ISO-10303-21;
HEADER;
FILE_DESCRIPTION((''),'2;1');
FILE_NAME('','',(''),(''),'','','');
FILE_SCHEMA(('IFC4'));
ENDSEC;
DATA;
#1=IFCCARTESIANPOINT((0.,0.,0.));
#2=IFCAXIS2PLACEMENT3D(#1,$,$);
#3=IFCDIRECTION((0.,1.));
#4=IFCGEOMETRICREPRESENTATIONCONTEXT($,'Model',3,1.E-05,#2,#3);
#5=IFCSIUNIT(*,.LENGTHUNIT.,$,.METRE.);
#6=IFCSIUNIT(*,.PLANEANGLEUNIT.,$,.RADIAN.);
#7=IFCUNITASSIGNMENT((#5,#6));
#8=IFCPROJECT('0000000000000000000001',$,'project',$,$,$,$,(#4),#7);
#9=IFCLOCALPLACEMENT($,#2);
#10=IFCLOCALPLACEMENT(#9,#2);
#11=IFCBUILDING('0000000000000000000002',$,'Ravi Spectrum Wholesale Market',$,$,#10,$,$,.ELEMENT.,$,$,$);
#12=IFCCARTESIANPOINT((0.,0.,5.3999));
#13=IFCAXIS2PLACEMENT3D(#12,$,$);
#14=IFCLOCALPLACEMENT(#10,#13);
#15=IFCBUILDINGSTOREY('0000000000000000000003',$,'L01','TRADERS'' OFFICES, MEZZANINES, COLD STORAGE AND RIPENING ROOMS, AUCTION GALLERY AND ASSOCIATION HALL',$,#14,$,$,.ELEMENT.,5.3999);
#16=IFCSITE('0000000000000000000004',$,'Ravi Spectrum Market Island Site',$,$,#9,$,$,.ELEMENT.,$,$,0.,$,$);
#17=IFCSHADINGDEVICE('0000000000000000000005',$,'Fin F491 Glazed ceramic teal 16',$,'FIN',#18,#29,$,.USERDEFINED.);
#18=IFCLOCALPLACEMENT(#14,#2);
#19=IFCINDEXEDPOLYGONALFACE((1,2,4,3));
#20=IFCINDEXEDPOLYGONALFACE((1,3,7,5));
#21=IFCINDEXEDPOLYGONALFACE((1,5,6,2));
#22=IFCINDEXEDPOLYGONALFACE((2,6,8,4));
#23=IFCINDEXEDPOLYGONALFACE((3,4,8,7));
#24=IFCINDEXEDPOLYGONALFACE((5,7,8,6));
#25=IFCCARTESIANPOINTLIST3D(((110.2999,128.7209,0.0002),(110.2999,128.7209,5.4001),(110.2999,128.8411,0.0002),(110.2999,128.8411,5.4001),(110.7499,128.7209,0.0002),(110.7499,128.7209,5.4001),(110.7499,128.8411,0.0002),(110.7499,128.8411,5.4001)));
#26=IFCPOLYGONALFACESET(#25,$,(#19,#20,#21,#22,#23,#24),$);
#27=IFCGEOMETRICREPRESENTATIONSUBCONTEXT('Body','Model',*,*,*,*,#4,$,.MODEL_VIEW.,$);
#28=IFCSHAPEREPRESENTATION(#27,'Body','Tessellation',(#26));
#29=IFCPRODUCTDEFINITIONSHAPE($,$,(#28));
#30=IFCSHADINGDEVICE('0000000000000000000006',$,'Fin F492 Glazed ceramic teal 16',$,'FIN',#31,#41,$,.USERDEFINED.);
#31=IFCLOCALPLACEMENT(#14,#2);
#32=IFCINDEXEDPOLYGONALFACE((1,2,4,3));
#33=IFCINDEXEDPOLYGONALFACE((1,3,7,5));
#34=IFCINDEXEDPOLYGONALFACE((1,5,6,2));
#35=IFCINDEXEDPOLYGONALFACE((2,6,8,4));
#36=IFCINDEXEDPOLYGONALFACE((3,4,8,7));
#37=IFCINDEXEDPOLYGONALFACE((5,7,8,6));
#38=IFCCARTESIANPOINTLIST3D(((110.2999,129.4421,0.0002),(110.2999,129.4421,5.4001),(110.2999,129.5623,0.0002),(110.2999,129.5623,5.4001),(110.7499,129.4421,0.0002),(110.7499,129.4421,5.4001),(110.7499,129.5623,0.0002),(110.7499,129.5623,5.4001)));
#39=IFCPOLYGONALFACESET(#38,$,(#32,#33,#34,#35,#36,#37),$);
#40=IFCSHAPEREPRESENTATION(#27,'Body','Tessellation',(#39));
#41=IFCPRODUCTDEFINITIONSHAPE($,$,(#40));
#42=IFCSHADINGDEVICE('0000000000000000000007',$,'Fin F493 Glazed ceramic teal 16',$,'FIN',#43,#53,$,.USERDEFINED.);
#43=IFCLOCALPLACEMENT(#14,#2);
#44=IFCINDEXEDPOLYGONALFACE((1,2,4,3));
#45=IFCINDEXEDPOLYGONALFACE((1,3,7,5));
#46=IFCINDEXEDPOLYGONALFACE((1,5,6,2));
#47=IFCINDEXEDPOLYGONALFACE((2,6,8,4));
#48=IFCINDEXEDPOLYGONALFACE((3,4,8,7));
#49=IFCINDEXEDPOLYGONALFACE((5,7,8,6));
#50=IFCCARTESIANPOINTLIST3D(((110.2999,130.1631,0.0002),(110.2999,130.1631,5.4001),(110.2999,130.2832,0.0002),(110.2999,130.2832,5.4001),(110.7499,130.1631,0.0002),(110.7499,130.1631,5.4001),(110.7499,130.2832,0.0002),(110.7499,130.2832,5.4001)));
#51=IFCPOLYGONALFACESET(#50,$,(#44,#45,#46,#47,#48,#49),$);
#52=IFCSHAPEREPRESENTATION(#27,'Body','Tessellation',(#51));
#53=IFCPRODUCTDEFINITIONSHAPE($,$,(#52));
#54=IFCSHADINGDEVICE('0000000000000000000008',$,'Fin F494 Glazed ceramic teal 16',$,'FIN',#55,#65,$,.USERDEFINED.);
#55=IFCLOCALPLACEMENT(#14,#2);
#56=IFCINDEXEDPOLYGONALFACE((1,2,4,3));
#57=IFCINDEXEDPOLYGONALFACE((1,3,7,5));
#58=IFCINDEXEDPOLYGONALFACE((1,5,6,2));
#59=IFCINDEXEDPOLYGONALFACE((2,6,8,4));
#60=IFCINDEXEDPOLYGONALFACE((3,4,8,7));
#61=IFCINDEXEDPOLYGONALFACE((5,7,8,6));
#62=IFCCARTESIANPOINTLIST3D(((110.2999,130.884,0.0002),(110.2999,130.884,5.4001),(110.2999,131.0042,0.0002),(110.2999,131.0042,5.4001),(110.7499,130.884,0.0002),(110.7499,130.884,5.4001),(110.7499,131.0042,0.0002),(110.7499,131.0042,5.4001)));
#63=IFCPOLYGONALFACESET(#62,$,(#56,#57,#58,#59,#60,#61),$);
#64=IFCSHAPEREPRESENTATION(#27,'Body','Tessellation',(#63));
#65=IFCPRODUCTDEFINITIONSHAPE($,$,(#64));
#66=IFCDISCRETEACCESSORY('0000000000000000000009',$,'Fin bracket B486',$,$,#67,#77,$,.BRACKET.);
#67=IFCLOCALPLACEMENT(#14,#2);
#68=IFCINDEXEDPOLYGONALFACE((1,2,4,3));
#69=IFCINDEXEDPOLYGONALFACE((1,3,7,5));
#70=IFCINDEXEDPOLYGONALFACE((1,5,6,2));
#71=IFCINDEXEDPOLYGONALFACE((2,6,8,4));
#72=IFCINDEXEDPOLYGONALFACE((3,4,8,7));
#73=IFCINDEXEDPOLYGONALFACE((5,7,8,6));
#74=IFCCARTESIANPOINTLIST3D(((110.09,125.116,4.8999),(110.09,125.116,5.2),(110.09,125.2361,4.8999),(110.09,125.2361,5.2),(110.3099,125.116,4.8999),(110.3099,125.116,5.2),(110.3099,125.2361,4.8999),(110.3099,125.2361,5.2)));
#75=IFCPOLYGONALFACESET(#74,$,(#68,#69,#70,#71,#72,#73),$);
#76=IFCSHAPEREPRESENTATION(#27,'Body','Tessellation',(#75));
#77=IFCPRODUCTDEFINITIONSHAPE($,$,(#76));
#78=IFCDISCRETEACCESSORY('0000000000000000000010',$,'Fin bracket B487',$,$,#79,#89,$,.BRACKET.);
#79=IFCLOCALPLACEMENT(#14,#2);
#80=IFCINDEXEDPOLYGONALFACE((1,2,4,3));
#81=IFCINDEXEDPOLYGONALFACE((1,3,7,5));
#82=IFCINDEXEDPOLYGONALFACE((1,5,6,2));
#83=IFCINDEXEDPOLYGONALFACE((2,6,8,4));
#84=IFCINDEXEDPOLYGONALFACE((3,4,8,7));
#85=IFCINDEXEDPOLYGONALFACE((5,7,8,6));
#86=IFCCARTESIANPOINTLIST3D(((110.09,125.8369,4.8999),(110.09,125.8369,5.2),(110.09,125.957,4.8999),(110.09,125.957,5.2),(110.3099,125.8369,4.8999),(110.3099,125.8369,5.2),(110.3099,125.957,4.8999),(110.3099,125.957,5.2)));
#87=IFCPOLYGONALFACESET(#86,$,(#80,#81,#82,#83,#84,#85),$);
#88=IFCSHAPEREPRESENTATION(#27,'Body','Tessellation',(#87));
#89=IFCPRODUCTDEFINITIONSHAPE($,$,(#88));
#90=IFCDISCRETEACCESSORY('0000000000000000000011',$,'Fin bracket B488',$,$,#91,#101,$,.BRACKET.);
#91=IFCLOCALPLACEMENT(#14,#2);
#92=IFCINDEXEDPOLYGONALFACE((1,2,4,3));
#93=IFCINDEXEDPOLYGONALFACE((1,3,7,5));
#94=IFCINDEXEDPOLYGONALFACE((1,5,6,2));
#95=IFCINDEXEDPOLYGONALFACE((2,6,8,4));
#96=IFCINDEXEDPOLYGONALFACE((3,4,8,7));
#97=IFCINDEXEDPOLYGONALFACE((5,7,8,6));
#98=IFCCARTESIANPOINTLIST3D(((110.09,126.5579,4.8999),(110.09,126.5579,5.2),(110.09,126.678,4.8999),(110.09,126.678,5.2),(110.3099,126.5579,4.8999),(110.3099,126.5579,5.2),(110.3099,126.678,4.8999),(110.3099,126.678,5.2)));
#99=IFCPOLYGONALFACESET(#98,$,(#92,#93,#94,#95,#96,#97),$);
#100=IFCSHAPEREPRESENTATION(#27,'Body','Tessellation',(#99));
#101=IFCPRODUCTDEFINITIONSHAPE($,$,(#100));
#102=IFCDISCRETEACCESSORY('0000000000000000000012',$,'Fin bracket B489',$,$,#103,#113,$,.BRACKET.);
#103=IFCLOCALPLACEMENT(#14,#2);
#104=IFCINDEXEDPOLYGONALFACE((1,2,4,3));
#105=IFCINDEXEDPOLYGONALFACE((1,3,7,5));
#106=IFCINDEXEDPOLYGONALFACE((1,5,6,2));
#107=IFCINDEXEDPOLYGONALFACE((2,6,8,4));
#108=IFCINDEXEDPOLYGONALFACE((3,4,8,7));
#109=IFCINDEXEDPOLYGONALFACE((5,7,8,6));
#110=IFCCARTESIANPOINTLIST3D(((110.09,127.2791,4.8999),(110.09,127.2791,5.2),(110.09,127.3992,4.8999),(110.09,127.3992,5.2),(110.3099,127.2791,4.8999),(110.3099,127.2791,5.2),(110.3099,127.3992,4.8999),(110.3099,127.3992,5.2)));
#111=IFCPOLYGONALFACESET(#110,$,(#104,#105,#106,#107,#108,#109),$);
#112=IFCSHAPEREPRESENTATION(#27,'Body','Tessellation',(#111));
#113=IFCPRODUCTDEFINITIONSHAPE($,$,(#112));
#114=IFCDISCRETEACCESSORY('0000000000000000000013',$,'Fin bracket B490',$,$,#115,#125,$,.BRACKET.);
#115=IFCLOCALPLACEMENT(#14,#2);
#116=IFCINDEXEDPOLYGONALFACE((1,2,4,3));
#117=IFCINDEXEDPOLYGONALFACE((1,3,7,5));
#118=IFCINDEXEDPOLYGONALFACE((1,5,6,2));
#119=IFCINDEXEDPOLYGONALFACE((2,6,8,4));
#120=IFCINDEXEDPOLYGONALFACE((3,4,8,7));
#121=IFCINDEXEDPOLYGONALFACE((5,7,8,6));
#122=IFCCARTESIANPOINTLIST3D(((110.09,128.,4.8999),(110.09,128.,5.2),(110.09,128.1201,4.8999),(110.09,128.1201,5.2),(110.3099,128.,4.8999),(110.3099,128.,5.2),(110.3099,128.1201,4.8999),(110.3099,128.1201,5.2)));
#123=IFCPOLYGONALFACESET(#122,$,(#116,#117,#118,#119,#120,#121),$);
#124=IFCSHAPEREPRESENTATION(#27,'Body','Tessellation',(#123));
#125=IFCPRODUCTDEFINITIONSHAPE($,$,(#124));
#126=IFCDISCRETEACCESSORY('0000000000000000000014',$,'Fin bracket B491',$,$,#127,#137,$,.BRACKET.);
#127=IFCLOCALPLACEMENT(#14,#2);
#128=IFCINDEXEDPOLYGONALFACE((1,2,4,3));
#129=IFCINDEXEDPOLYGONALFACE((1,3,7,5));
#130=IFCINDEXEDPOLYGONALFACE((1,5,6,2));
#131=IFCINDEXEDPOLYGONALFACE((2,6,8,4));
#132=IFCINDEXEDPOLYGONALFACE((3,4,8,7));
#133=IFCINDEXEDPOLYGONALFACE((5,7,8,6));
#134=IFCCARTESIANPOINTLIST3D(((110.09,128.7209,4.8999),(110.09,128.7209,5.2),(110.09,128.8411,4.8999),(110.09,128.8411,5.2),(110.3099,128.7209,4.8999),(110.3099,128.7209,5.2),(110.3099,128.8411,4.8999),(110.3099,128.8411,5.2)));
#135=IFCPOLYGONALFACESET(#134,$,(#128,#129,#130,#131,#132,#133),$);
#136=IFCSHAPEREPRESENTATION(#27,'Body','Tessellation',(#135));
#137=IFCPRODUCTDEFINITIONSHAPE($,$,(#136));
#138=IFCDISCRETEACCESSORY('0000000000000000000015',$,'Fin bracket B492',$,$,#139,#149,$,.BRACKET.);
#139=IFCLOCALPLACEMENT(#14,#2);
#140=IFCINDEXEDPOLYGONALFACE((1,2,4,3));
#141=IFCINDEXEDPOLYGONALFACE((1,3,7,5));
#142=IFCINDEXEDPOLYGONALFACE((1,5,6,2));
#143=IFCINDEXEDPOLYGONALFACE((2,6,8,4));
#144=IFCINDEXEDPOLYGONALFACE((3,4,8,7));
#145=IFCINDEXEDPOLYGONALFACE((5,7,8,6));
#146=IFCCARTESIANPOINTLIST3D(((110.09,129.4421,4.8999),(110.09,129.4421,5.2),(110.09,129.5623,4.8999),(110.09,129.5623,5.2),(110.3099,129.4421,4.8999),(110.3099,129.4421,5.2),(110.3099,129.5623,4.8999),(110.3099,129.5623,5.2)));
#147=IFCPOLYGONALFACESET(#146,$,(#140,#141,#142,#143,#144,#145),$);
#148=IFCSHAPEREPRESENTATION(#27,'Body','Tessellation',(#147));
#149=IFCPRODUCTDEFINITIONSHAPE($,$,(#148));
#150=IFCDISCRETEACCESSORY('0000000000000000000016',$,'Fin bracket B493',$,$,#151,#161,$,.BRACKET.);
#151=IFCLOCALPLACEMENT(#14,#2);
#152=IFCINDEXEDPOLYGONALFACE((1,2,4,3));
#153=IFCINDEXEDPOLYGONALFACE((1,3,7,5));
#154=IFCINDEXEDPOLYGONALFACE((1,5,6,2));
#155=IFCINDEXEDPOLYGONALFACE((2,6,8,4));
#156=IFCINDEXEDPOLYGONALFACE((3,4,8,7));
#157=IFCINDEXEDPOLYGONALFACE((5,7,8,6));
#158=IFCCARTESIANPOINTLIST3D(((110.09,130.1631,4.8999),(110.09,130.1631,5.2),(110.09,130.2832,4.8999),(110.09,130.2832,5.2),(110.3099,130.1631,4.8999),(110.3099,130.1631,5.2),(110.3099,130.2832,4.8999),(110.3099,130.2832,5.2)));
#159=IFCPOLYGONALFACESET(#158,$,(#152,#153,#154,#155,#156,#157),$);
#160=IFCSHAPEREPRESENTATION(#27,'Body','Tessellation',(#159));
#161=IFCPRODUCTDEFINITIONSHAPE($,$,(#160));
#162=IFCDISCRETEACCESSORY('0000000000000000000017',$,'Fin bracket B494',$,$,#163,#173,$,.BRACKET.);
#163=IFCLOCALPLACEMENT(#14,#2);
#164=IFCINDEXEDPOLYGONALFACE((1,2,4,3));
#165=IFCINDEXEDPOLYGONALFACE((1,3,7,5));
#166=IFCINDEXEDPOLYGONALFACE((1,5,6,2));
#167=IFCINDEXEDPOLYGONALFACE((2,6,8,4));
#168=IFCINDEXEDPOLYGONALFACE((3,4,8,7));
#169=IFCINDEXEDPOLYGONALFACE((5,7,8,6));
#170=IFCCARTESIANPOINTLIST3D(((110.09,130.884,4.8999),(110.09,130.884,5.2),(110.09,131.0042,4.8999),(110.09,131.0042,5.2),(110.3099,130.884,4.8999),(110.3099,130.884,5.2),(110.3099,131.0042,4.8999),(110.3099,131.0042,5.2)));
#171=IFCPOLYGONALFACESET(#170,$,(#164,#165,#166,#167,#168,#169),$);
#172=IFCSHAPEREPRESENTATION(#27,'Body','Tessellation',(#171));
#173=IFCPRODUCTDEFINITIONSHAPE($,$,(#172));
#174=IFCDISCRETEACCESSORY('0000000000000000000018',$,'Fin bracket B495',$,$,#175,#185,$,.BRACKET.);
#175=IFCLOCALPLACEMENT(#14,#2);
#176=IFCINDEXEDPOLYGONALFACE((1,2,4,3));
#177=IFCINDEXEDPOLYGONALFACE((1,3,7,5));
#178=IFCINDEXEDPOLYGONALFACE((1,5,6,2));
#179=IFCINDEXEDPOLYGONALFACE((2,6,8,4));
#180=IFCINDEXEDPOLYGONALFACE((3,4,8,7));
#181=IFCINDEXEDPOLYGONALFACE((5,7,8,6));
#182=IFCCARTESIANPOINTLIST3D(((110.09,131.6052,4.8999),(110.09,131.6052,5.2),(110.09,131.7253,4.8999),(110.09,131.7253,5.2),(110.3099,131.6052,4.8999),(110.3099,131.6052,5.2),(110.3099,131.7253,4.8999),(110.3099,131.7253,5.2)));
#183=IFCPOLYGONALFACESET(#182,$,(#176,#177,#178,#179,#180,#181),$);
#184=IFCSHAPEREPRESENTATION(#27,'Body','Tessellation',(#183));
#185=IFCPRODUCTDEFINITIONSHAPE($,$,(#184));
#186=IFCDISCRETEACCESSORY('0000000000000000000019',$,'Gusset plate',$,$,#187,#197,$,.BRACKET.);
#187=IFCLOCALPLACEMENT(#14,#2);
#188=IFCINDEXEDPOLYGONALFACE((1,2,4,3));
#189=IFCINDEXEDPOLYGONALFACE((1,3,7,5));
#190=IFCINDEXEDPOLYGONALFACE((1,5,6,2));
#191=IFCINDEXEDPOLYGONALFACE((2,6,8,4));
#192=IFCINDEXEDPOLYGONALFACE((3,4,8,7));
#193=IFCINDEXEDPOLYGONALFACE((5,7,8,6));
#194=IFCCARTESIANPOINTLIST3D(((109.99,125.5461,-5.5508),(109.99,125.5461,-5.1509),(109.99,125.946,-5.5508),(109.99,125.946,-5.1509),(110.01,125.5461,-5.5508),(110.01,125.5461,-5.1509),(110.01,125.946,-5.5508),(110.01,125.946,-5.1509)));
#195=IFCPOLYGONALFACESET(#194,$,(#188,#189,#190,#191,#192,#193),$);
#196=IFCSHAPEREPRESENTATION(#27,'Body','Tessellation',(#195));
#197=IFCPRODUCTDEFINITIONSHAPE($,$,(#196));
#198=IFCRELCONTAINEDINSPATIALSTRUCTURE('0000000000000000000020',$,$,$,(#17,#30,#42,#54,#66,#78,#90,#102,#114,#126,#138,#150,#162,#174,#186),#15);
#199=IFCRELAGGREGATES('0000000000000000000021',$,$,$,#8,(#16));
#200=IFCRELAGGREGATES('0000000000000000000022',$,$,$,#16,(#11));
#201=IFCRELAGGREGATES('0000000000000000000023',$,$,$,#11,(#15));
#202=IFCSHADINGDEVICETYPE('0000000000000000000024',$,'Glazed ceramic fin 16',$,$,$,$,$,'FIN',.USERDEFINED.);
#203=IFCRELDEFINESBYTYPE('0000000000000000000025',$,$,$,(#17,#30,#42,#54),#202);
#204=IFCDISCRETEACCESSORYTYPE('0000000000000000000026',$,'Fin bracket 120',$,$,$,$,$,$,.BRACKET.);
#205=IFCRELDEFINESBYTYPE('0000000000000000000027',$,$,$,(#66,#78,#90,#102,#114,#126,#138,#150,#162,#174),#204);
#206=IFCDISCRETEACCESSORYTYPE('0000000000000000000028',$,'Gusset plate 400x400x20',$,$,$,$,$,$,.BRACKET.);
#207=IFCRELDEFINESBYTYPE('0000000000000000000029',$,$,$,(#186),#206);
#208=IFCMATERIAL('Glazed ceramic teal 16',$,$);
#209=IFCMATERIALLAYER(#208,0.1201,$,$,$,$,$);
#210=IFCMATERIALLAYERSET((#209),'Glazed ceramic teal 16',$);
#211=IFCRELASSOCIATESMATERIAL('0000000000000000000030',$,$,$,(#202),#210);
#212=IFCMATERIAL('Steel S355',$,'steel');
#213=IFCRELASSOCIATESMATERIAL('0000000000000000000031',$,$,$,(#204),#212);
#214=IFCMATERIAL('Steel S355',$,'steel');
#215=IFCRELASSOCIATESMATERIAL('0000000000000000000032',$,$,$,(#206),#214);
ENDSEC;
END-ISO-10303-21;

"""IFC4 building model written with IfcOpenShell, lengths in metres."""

from ifc_helpers import new_model, si_unit, direction, frame, origin, origin_2d, place, context, subcontext, project, spatial, rectangle, extrude, material, layer, layer_set, material_profile, profile_set, type_object, element, save


model = new_model("IFC4")

# Units and contexts
model_context = context("Model", 3, precision=1e-05, world=origin(), true_north=direction((0.0, 1.0)))
body_context = subcontext(model_context, "Body", "Model", "MODEL_VIEW")
ifc_project = project(units=[si_unit("LENGTHUNIT", "METRE"), si_unit("PLANEANGLEUNIT", "RADIAN")], contexts=[model_context])

# Site, building, storey
site_placement = place(None, origin())
site = spatial("IfcSite", under=ifc_project, at=site_placement, Name="Ravi Spectrum Market Island Site", CompositionType="ELEMENT", RefElevation=0.0)
building_placement = place(site_placement, origin())
building = spatial("IfcBuilding", under=site, at=building_placement, Name="Ravi Spectrum Wholesale Market", CompositionType="ELEMENT")
storey_placement = place(building_placement, frame((0.0, 0.0, 5.3999)))
storey = spatial("IfcBuildingStorey", under=building, at=storey_placement, Name="L01", Description="TRADERS' OFFICES, MEZZANINES, COLD STORAGE AND RIPENING ROOMS, AUCTION GALLERY AND ASSOCIATION HALL", CompositionType="ELEMENT", Elevation=5.3999)

# Shading devices
ifc_material_1 = material(Name="Glazed ceramic teal 16")
ifc_layer_1 = layer(ifc_material_1, 0.1201)
ifc_layer_set_1 = layer_set([ifc_layer_1], Name="Glazed ceramic teal 16")
shading_device_type_1 = type_object("IfcShadingDeviceType", Name="Glazed ceramic fin 16", ElementType="FIN", PredefinedType="USERDEFINED", material=ifc_layer_set_1)
for number, where, z_axis, x_axis, name in (
    (1, (110.5249, 128.781, 0.0002), (0.0, 0.0, 1.0), (0.0, 1.0, 0.0), "Fin F491 Glazed ceramic teal 16"),
    (2, (110.5249, 129.5022, 0.0002), (0.0, 0.0, 1.0), (0.0, 1.0, 0.0), "Fin F492 Glazed ceramic teal 16"),
    (3, (110.5249, 130.2231, 0.0002), (0.0, 0.0, 1.0), (0.0, 1.0, 0.0), "Fin F493 Glazed ceramic teal 16"),
    (4, (110.5249, 130.9441, 0.0002), (0.0, 0.0, 1.0), (0.0, 1.0, 0.0), "Fin F494 Glazed ceramic teal 16"),
):
    element("IfcShadingDevice", number, at=place(storey_placement, frame(where, z_axis=z_axis, x_axis=x_axis)), inside=storey, type_object=shading_device_type_1, Name=name, ObjectType="FIN", PredefinedType="USERDEFINED", context=body_context, shape_type="SweptSolid", body=[
        extrude(rectangle(XDim=0.1201, YDim=0.45, at=origin_2d()), origin(), (0.0, 0.0, 1.0), 5.3999),
    ])

# Discrete accessories
ifc_material_2 = material(Name="Steel S355", Category="steel")
discrete_accessory_type_1 = type_object("IfcDiscreteAccessoryType", Name="Fin bracket 120", PredefinedType="BRACKET", material=ifc_material_2)
for number, where, z_axis, x_axis, name in (
    (5, (110.2, 125.176, 4.8999), (0.0, 0.0, 1.0), (0.0, 1.0, 0.0), "Fin bracket B486"),
    (6, (110.2, 125.897, 4.8999), (0.0, 0.0, 1.0), (0.0, 1.0, 0.0), "Fin bracket B487"),
    (7, (110.2, 126.6179, 4.8999), (0.0, 0.0, 1.0), (0.0, 1.0, 0.0), "Fin bracket B488"),
    (8, (110.2, 127.3391, 4.8999), (0.0, 0.0, 1.0), (0.0, 1.0, 0.0), "Fin bracket B489"),
    (9, (110.2, 128.0601, 4.8999), (0.0, 0.0, 1.0), (0.0, 1.0, 0.0), "Fin bracket B490"),
    (10, (110.2, 128.781, 4.8999), (0.0, 0.0, 1.0), (0.0, 1.0, 0.0), "Fin bracket B491"),
    (11, (110.2, 129.5022, 4.8999), (0.0, 0.0, 1.0), (0.0, 1.0, 0.0), "Fin bracket B492"),
    (12, (110.2, 130.2231, 4.8999), (0.0, 0.0, 1.0), (0.0, 1.0, 0.0), "Fin bracket B493"),
    (13, (110.2, 130.9441, 4.8999), (0.0, 0.0, 1.0), (0.0, 1.0, 0.0), "Fin bracket B494"),
    (14, (110.2, 131.6653, 4.8999), (0.0, 0.0, 1.0), (0.0, 1.0, 0.0), "Fin bracket B495"),
):
    element("IfcDiscreteAccessory", number, at=place(storey_placement, frame(where, z_axis=z_axis, x_axis=x_axis)), inside=storey, type_object=discrete_accessory_type_1, Name=name, PredefinedType="BRACKET", context=body_context, shape_type="SweptSolid", body=[
        extrude(rectangle(XDim=0.1201, YDim=0.22, at=origin_2d()), origin(), (0.0, 0.0, 1.0), 0.3),
    ])
ifc_material_3 = material(Name="Steel S355", Category="steel")
ifc_material_profile_1 = material_profile(ifc_material_3, rectangle(XDim=0.3999, YDim=0.02, at=origin_2d()))
ifc_profile_set_1 = profile_set([ifc_material_profile_1], Name="Steel S355")
discrete_accessory_type_2 = type_object("IfcDiscreteAccessoryType", Name="Gusset plate 400x400x20", PredefinedType="BRACKET", material=ifc_profile_set_1)
discrete_accessory_placement = place(storey_placement, frame((110.0, 125.7461, -5.5508), z_axis=(0.0, 0.0, 1.0), x_axis=(0.0, -1.0, 0.0)))
element("IfcDiscreteAccessory", 15, at=discrete_accessory_placement, inside=storey, type_object=discrete_accessory_type_2, Name="Gusset plate", PredefinedType="BRACKET", context=body_context, shape_type="SweptSolid", body=[
    extrude(rectangle(XDim=0.3999, YDim=0.02, at=origin_2d()), origin(), (0.0, 0.0, 1.0), 0.3999),
])

save(model, "model.ifc")
